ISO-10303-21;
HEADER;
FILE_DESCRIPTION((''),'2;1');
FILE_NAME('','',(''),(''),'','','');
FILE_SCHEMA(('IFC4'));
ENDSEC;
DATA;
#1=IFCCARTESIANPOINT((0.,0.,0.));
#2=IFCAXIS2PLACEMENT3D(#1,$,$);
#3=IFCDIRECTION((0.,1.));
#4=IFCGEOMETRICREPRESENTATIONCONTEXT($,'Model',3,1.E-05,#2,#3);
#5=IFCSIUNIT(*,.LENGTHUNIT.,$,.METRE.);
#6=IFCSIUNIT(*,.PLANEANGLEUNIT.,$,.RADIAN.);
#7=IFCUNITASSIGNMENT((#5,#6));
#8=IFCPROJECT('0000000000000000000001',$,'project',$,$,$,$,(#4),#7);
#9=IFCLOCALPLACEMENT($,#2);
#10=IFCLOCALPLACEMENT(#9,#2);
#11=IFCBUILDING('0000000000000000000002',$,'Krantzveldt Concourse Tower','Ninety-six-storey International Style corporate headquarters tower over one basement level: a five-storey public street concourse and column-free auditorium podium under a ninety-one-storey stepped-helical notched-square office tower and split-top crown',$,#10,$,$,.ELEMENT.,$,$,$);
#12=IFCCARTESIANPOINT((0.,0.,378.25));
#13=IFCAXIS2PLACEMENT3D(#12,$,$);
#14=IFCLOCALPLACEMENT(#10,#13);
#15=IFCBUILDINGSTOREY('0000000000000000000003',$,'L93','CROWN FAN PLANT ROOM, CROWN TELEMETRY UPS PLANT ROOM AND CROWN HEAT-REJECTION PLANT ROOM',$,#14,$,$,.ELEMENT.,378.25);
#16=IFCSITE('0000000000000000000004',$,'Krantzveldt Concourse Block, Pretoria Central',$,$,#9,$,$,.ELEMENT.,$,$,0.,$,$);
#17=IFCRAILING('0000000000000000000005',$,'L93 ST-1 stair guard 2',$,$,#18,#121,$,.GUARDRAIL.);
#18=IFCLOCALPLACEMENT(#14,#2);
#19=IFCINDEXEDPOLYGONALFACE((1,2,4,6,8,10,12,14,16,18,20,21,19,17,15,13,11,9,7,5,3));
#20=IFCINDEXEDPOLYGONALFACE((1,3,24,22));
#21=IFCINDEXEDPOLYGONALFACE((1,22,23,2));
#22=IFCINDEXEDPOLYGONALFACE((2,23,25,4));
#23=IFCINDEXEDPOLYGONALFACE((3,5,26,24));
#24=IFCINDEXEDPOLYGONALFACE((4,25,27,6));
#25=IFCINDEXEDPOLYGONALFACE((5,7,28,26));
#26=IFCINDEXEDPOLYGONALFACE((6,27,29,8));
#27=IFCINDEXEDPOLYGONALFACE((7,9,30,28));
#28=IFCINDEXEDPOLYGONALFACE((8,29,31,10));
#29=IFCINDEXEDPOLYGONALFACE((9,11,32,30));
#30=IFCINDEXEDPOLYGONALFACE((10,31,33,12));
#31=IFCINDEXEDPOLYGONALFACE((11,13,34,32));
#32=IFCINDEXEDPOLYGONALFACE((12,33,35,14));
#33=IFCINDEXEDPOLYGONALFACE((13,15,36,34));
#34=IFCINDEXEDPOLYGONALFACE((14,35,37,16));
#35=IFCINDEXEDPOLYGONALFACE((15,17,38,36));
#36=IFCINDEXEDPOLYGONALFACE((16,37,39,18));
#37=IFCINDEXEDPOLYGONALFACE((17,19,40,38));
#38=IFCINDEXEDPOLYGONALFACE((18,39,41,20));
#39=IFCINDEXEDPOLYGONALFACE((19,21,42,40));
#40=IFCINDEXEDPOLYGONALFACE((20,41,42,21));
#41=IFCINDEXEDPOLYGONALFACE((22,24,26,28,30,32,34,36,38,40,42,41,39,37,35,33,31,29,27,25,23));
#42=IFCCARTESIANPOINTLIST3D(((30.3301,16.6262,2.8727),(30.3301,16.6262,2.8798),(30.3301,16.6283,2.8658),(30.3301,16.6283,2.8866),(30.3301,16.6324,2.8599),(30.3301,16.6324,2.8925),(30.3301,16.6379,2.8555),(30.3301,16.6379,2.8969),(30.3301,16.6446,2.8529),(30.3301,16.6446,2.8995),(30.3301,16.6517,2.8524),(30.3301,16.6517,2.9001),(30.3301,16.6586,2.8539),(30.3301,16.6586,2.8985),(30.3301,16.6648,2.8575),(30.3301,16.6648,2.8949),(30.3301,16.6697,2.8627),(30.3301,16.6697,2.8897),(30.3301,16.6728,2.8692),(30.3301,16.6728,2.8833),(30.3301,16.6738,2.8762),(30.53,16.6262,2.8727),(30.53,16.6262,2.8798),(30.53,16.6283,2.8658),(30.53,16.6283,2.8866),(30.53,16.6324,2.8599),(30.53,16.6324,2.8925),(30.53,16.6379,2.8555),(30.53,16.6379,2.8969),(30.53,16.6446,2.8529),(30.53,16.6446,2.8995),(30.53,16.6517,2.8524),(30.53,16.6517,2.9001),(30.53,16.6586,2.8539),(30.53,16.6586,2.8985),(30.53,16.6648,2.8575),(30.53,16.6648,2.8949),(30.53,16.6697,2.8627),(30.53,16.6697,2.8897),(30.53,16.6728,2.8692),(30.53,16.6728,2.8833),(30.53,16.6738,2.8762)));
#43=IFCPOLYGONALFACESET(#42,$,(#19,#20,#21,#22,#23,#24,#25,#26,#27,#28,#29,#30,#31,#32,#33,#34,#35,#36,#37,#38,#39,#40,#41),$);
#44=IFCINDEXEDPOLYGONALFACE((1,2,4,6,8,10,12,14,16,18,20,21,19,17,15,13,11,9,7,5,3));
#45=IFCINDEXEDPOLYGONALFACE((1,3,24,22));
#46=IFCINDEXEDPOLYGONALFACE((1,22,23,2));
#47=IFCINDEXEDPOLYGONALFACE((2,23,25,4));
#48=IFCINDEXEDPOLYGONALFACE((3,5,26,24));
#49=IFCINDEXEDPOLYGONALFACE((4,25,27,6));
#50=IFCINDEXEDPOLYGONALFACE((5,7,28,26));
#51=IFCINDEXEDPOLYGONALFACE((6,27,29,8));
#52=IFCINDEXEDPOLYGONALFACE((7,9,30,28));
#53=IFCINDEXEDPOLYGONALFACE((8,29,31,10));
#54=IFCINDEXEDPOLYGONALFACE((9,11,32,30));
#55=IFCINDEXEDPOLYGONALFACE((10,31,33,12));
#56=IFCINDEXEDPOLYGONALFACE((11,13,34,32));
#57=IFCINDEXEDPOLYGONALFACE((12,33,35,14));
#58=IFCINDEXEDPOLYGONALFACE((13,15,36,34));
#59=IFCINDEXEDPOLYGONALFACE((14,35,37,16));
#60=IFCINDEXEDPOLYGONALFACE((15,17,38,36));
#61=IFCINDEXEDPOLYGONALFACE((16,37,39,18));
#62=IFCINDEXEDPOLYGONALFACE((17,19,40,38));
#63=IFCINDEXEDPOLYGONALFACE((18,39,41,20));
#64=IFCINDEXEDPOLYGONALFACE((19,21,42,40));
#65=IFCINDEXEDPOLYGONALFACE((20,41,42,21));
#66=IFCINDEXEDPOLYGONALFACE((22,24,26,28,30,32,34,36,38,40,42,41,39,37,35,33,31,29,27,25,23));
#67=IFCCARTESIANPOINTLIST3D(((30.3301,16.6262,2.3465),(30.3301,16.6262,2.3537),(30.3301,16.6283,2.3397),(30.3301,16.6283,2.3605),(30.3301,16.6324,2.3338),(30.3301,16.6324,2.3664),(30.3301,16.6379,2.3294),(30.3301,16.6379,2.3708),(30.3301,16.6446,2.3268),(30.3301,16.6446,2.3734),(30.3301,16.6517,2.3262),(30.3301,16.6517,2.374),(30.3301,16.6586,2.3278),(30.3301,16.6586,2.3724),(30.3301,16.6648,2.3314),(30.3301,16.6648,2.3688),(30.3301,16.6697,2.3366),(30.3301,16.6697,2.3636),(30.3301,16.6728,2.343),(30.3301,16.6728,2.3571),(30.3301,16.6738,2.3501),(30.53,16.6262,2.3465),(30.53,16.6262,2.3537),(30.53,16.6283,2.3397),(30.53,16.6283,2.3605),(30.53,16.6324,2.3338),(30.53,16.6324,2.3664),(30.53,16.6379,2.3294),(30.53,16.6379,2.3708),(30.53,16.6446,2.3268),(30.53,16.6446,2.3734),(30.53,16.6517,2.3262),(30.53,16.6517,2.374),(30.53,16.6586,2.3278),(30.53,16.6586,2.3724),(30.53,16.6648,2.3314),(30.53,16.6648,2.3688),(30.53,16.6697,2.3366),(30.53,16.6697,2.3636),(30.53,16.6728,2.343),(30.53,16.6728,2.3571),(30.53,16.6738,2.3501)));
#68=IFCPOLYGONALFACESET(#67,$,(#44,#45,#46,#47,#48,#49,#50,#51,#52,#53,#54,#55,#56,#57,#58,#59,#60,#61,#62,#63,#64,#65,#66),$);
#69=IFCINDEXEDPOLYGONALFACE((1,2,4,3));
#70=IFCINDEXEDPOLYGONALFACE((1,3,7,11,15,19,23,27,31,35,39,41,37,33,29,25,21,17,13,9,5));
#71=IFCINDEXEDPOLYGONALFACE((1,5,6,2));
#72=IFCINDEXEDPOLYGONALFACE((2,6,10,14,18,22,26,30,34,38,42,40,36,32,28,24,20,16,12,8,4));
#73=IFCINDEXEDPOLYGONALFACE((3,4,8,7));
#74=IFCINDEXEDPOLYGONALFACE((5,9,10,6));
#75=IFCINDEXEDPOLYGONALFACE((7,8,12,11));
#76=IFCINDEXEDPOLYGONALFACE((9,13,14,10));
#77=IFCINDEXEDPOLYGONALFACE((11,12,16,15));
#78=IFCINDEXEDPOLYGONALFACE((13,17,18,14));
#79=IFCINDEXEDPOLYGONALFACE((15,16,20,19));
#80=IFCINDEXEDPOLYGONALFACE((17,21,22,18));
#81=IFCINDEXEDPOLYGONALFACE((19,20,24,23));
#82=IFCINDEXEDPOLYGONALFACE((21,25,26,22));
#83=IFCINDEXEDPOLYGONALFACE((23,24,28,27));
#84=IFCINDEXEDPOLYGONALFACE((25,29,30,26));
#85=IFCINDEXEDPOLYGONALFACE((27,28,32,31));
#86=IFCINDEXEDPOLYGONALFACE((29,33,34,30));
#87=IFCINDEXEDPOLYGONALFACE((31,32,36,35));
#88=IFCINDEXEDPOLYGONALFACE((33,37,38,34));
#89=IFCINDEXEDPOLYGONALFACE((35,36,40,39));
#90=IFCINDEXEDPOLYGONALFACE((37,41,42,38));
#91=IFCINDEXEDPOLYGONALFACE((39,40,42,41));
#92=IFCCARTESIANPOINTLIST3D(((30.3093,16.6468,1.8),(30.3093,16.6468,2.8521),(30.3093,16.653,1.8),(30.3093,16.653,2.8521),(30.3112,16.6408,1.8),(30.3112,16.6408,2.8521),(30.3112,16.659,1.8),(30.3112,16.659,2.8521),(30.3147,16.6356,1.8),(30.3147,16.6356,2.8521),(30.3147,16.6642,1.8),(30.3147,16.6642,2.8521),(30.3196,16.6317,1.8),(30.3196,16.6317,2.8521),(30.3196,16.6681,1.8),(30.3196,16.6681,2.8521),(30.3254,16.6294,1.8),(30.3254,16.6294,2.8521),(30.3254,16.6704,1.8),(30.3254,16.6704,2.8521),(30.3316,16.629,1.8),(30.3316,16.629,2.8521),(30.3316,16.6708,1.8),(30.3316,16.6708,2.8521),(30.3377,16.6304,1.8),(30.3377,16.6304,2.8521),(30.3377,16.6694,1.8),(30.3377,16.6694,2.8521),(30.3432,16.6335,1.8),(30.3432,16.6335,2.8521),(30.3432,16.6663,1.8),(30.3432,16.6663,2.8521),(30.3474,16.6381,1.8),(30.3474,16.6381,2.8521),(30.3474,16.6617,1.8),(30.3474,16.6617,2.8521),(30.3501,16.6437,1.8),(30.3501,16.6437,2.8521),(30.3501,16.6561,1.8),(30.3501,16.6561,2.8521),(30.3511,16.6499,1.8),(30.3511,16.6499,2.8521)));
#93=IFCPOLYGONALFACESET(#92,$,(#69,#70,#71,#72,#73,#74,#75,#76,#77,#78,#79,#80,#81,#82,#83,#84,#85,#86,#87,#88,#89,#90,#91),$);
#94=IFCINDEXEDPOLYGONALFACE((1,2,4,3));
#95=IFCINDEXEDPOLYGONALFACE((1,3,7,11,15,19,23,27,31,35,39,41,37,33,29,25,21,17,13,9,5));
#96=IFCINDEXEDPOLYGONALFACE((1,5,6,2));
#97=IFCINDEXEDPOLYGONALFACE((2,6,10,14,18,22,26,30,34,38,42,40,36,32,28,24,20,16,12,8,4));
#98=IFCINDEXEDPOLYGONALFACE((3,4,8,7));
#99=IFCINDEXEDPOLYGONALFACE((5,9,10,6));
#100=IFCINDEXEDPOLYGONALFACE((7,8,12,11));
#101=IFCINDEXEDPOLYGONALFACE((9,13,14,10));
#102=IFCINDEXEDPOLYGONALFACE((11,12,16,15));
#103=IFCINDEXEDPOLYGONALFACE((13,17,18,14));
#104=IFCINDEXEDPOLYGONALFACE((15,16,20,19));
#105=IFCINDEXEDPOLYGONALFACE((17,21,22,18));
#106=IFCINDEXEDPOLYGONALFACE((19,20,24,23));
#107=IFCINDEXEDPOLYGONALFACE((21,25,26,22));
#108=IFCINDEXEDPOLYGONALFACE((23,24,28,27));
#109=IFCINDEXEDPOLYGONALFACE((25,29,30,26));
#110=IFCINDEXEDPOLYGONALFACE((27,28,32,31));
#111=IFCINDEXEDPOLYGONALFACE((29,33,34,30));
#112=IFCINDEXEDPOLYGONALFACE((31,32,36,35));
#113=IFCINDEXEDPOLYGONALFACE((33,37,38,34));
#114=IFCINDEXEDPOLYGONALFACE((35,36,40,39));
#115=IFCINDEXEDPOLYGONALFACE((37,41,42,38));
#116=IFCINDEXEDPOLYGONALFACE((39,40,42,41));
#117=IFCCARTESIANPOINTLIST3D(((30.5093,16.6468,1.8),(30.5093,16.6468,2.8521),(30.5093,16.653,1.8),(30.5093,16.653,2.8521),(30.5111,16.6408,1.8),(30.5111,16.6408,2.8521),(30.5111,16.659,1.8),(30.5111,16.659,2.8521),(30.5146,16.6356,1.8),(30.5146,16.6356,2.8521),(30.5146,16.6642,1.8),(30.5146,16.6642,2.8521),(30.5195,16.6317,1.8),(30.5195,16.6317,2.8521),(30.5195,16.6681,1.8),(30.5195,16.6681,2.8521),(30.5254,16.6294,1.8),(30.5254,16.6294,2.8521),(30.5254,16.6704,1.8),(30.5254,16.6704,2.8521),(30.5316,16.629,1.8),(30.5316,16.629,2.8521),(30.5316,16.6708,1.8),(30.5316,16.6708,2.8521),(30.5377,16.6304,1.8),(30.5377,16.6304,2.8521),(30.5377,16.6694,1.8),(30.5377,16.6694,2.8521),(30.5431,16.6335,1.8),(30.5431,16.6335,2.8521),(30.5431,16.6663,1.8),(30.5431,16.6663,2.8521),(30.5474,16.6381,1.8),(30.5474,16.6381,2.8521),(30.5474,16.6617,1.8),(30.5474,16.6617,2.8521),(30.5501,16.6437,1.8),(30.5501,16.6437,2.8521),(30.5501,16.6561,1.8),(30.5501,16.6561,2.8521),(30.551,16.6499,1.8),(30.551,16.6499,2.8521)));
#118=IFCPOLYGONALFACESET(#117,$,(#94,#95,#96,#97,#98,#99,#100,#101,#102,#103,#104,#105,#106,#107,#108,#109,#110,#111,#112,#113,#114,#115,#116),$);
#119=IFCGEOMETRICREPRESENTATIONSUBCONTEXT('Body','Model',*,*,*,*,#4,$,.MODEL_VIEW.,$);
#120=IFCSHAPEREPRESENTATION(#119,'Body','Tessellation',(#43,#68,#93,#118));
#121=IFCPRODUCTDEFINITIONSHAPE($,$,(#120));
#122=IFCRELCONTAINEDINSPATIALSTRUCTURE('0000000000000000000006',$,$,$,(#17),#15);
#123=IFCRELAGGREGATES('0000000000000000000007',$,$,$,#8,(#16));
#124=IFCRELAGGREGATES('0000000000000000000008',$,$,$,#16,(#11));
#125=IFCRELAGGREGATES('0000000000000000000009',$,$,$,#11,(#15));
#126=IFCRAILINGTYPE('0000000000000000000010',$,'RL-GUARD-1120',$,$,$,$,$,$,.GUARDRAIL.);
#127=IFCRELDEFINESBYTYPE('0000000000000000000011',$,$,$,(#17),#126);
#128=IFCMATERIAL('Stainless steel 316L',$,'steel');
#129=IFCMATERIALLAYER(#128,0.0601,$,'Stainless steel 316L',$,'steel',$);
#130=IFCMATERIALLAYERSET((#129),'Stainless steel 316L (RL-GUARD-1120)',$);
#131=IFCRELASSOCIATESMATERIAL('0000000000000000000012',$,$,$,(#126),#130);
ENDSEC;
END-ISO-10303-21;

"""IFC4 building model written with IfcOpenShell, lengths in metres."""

from ifc_helpers import new_model, si_unit, direction, frame, origin, origin_2d, place, context, subcontext, project, spatial, circle, extrude, material, layer, layer_set, type_object, element, save


model = new_model("IFC4")

# Units and contexts
model_context = context("Model", 3, precision=1e-05, world=origin(), true_north=direction((0.0, 1.0)))
body_context = subcontext(model_context, "Body", "Model", "MODEL_VIEW")
ifc_project = project(units=[si_unit("LENGTHUNIT", "METRE"), si_unit("PLANEANGLEUNIT", "RADIAN")], contexts=[model_context])

# Site, building, storey
site_placement = place(None, origin())
site = spatial("IfcSite", under=ifc_project, at=site_placement, Name="Krantzveldt Concourse Block, Pretoria Central", CompositionType="ELEMENT", RefElevation=0.0)
building_placement = place(site_placement, origin())
building = spatial("IfcBuilding", under=site, at=building_placement, Name="Krantzveldt Concourse Tower", Description="Ninety-six-storey International Style corporate headquarters tower over one basement level: a five-storey public street concourse and column-free auditorium podium under a ninety-one-storey stepped-helical notched-square office tower and split-top crown", CompositionType="ELEMENT")
storey_placement = place(building_placement, frame((0.0, 0.0, 378.25)))
storey = spatial("IfcBuildingStorey", under=building, at=storey_placement, Name="L93", Description="CROWN FAN PLANT ROOM, CROWN TELEMETRY UPS PLANT ROOM AND CROWN HEAT-REJECTION PLANT ROOM", CompositionType="ELEMENT", Elevation=378.25)

# Railing
ifc_material_1 = material(Name="Stainless steel 316L", Category="steel")
ifc_layer_1 = layer(ifc_material_1, 0.0601, Name="Stainless steel 316L", Category="steel")
ifc_layer_set_1 = layer_set([ifc_layer_1], Name="Stainless steel 316L (RL-GUARD-1120)")
railing_type_1 = type_object("IfcRailingType", Name="RL-GUARD-1120", PredefinedType="GUARDRAIL", material=ifc_layer_set_1)
railing_1_placement = place(storey_placement, frame((30.3301, 16.6499, 1.8)))
element("IfcRailing", 1, at=railing_1_placement, inside=storey, type_object=railing_type_1, Name="L93 ST-1 stair guard 2", PredefinedType="GUARDRAIL", context=body_context, shape_type="SweptSolid", body=[
    extrude(circle(Radius=0.0239, at=origin_2d()), frame((0.0, 0.0, 1.0762), z_axis=(1.0, 0.0, 0.0), x_axis=(0.0, 1.0, 0.0)), (0.0, 0.0, 1.0), 0.2),
    extrude(circle(Radius=0.0239, at=origin_2d()), frame((0.0, 0.0, 0.55), z_axis=(1.0, 0.0, 0.0), x_axis=(0.0, 1.0, 0.0)), (0.0, 0.0, 1.0), 0.2),
    extrude(circle(Radius=0.021, at=origin_2d()), origin(), (0.0, 0.0, 1.0), 1.052),
    extrude(circle(Radius=0.021, at=origin_2d()), frame((0.2, 0.0, 0.0)), (0.0, 0.0, 1.0), 1.052),
])

save(model, "model.ifc")
